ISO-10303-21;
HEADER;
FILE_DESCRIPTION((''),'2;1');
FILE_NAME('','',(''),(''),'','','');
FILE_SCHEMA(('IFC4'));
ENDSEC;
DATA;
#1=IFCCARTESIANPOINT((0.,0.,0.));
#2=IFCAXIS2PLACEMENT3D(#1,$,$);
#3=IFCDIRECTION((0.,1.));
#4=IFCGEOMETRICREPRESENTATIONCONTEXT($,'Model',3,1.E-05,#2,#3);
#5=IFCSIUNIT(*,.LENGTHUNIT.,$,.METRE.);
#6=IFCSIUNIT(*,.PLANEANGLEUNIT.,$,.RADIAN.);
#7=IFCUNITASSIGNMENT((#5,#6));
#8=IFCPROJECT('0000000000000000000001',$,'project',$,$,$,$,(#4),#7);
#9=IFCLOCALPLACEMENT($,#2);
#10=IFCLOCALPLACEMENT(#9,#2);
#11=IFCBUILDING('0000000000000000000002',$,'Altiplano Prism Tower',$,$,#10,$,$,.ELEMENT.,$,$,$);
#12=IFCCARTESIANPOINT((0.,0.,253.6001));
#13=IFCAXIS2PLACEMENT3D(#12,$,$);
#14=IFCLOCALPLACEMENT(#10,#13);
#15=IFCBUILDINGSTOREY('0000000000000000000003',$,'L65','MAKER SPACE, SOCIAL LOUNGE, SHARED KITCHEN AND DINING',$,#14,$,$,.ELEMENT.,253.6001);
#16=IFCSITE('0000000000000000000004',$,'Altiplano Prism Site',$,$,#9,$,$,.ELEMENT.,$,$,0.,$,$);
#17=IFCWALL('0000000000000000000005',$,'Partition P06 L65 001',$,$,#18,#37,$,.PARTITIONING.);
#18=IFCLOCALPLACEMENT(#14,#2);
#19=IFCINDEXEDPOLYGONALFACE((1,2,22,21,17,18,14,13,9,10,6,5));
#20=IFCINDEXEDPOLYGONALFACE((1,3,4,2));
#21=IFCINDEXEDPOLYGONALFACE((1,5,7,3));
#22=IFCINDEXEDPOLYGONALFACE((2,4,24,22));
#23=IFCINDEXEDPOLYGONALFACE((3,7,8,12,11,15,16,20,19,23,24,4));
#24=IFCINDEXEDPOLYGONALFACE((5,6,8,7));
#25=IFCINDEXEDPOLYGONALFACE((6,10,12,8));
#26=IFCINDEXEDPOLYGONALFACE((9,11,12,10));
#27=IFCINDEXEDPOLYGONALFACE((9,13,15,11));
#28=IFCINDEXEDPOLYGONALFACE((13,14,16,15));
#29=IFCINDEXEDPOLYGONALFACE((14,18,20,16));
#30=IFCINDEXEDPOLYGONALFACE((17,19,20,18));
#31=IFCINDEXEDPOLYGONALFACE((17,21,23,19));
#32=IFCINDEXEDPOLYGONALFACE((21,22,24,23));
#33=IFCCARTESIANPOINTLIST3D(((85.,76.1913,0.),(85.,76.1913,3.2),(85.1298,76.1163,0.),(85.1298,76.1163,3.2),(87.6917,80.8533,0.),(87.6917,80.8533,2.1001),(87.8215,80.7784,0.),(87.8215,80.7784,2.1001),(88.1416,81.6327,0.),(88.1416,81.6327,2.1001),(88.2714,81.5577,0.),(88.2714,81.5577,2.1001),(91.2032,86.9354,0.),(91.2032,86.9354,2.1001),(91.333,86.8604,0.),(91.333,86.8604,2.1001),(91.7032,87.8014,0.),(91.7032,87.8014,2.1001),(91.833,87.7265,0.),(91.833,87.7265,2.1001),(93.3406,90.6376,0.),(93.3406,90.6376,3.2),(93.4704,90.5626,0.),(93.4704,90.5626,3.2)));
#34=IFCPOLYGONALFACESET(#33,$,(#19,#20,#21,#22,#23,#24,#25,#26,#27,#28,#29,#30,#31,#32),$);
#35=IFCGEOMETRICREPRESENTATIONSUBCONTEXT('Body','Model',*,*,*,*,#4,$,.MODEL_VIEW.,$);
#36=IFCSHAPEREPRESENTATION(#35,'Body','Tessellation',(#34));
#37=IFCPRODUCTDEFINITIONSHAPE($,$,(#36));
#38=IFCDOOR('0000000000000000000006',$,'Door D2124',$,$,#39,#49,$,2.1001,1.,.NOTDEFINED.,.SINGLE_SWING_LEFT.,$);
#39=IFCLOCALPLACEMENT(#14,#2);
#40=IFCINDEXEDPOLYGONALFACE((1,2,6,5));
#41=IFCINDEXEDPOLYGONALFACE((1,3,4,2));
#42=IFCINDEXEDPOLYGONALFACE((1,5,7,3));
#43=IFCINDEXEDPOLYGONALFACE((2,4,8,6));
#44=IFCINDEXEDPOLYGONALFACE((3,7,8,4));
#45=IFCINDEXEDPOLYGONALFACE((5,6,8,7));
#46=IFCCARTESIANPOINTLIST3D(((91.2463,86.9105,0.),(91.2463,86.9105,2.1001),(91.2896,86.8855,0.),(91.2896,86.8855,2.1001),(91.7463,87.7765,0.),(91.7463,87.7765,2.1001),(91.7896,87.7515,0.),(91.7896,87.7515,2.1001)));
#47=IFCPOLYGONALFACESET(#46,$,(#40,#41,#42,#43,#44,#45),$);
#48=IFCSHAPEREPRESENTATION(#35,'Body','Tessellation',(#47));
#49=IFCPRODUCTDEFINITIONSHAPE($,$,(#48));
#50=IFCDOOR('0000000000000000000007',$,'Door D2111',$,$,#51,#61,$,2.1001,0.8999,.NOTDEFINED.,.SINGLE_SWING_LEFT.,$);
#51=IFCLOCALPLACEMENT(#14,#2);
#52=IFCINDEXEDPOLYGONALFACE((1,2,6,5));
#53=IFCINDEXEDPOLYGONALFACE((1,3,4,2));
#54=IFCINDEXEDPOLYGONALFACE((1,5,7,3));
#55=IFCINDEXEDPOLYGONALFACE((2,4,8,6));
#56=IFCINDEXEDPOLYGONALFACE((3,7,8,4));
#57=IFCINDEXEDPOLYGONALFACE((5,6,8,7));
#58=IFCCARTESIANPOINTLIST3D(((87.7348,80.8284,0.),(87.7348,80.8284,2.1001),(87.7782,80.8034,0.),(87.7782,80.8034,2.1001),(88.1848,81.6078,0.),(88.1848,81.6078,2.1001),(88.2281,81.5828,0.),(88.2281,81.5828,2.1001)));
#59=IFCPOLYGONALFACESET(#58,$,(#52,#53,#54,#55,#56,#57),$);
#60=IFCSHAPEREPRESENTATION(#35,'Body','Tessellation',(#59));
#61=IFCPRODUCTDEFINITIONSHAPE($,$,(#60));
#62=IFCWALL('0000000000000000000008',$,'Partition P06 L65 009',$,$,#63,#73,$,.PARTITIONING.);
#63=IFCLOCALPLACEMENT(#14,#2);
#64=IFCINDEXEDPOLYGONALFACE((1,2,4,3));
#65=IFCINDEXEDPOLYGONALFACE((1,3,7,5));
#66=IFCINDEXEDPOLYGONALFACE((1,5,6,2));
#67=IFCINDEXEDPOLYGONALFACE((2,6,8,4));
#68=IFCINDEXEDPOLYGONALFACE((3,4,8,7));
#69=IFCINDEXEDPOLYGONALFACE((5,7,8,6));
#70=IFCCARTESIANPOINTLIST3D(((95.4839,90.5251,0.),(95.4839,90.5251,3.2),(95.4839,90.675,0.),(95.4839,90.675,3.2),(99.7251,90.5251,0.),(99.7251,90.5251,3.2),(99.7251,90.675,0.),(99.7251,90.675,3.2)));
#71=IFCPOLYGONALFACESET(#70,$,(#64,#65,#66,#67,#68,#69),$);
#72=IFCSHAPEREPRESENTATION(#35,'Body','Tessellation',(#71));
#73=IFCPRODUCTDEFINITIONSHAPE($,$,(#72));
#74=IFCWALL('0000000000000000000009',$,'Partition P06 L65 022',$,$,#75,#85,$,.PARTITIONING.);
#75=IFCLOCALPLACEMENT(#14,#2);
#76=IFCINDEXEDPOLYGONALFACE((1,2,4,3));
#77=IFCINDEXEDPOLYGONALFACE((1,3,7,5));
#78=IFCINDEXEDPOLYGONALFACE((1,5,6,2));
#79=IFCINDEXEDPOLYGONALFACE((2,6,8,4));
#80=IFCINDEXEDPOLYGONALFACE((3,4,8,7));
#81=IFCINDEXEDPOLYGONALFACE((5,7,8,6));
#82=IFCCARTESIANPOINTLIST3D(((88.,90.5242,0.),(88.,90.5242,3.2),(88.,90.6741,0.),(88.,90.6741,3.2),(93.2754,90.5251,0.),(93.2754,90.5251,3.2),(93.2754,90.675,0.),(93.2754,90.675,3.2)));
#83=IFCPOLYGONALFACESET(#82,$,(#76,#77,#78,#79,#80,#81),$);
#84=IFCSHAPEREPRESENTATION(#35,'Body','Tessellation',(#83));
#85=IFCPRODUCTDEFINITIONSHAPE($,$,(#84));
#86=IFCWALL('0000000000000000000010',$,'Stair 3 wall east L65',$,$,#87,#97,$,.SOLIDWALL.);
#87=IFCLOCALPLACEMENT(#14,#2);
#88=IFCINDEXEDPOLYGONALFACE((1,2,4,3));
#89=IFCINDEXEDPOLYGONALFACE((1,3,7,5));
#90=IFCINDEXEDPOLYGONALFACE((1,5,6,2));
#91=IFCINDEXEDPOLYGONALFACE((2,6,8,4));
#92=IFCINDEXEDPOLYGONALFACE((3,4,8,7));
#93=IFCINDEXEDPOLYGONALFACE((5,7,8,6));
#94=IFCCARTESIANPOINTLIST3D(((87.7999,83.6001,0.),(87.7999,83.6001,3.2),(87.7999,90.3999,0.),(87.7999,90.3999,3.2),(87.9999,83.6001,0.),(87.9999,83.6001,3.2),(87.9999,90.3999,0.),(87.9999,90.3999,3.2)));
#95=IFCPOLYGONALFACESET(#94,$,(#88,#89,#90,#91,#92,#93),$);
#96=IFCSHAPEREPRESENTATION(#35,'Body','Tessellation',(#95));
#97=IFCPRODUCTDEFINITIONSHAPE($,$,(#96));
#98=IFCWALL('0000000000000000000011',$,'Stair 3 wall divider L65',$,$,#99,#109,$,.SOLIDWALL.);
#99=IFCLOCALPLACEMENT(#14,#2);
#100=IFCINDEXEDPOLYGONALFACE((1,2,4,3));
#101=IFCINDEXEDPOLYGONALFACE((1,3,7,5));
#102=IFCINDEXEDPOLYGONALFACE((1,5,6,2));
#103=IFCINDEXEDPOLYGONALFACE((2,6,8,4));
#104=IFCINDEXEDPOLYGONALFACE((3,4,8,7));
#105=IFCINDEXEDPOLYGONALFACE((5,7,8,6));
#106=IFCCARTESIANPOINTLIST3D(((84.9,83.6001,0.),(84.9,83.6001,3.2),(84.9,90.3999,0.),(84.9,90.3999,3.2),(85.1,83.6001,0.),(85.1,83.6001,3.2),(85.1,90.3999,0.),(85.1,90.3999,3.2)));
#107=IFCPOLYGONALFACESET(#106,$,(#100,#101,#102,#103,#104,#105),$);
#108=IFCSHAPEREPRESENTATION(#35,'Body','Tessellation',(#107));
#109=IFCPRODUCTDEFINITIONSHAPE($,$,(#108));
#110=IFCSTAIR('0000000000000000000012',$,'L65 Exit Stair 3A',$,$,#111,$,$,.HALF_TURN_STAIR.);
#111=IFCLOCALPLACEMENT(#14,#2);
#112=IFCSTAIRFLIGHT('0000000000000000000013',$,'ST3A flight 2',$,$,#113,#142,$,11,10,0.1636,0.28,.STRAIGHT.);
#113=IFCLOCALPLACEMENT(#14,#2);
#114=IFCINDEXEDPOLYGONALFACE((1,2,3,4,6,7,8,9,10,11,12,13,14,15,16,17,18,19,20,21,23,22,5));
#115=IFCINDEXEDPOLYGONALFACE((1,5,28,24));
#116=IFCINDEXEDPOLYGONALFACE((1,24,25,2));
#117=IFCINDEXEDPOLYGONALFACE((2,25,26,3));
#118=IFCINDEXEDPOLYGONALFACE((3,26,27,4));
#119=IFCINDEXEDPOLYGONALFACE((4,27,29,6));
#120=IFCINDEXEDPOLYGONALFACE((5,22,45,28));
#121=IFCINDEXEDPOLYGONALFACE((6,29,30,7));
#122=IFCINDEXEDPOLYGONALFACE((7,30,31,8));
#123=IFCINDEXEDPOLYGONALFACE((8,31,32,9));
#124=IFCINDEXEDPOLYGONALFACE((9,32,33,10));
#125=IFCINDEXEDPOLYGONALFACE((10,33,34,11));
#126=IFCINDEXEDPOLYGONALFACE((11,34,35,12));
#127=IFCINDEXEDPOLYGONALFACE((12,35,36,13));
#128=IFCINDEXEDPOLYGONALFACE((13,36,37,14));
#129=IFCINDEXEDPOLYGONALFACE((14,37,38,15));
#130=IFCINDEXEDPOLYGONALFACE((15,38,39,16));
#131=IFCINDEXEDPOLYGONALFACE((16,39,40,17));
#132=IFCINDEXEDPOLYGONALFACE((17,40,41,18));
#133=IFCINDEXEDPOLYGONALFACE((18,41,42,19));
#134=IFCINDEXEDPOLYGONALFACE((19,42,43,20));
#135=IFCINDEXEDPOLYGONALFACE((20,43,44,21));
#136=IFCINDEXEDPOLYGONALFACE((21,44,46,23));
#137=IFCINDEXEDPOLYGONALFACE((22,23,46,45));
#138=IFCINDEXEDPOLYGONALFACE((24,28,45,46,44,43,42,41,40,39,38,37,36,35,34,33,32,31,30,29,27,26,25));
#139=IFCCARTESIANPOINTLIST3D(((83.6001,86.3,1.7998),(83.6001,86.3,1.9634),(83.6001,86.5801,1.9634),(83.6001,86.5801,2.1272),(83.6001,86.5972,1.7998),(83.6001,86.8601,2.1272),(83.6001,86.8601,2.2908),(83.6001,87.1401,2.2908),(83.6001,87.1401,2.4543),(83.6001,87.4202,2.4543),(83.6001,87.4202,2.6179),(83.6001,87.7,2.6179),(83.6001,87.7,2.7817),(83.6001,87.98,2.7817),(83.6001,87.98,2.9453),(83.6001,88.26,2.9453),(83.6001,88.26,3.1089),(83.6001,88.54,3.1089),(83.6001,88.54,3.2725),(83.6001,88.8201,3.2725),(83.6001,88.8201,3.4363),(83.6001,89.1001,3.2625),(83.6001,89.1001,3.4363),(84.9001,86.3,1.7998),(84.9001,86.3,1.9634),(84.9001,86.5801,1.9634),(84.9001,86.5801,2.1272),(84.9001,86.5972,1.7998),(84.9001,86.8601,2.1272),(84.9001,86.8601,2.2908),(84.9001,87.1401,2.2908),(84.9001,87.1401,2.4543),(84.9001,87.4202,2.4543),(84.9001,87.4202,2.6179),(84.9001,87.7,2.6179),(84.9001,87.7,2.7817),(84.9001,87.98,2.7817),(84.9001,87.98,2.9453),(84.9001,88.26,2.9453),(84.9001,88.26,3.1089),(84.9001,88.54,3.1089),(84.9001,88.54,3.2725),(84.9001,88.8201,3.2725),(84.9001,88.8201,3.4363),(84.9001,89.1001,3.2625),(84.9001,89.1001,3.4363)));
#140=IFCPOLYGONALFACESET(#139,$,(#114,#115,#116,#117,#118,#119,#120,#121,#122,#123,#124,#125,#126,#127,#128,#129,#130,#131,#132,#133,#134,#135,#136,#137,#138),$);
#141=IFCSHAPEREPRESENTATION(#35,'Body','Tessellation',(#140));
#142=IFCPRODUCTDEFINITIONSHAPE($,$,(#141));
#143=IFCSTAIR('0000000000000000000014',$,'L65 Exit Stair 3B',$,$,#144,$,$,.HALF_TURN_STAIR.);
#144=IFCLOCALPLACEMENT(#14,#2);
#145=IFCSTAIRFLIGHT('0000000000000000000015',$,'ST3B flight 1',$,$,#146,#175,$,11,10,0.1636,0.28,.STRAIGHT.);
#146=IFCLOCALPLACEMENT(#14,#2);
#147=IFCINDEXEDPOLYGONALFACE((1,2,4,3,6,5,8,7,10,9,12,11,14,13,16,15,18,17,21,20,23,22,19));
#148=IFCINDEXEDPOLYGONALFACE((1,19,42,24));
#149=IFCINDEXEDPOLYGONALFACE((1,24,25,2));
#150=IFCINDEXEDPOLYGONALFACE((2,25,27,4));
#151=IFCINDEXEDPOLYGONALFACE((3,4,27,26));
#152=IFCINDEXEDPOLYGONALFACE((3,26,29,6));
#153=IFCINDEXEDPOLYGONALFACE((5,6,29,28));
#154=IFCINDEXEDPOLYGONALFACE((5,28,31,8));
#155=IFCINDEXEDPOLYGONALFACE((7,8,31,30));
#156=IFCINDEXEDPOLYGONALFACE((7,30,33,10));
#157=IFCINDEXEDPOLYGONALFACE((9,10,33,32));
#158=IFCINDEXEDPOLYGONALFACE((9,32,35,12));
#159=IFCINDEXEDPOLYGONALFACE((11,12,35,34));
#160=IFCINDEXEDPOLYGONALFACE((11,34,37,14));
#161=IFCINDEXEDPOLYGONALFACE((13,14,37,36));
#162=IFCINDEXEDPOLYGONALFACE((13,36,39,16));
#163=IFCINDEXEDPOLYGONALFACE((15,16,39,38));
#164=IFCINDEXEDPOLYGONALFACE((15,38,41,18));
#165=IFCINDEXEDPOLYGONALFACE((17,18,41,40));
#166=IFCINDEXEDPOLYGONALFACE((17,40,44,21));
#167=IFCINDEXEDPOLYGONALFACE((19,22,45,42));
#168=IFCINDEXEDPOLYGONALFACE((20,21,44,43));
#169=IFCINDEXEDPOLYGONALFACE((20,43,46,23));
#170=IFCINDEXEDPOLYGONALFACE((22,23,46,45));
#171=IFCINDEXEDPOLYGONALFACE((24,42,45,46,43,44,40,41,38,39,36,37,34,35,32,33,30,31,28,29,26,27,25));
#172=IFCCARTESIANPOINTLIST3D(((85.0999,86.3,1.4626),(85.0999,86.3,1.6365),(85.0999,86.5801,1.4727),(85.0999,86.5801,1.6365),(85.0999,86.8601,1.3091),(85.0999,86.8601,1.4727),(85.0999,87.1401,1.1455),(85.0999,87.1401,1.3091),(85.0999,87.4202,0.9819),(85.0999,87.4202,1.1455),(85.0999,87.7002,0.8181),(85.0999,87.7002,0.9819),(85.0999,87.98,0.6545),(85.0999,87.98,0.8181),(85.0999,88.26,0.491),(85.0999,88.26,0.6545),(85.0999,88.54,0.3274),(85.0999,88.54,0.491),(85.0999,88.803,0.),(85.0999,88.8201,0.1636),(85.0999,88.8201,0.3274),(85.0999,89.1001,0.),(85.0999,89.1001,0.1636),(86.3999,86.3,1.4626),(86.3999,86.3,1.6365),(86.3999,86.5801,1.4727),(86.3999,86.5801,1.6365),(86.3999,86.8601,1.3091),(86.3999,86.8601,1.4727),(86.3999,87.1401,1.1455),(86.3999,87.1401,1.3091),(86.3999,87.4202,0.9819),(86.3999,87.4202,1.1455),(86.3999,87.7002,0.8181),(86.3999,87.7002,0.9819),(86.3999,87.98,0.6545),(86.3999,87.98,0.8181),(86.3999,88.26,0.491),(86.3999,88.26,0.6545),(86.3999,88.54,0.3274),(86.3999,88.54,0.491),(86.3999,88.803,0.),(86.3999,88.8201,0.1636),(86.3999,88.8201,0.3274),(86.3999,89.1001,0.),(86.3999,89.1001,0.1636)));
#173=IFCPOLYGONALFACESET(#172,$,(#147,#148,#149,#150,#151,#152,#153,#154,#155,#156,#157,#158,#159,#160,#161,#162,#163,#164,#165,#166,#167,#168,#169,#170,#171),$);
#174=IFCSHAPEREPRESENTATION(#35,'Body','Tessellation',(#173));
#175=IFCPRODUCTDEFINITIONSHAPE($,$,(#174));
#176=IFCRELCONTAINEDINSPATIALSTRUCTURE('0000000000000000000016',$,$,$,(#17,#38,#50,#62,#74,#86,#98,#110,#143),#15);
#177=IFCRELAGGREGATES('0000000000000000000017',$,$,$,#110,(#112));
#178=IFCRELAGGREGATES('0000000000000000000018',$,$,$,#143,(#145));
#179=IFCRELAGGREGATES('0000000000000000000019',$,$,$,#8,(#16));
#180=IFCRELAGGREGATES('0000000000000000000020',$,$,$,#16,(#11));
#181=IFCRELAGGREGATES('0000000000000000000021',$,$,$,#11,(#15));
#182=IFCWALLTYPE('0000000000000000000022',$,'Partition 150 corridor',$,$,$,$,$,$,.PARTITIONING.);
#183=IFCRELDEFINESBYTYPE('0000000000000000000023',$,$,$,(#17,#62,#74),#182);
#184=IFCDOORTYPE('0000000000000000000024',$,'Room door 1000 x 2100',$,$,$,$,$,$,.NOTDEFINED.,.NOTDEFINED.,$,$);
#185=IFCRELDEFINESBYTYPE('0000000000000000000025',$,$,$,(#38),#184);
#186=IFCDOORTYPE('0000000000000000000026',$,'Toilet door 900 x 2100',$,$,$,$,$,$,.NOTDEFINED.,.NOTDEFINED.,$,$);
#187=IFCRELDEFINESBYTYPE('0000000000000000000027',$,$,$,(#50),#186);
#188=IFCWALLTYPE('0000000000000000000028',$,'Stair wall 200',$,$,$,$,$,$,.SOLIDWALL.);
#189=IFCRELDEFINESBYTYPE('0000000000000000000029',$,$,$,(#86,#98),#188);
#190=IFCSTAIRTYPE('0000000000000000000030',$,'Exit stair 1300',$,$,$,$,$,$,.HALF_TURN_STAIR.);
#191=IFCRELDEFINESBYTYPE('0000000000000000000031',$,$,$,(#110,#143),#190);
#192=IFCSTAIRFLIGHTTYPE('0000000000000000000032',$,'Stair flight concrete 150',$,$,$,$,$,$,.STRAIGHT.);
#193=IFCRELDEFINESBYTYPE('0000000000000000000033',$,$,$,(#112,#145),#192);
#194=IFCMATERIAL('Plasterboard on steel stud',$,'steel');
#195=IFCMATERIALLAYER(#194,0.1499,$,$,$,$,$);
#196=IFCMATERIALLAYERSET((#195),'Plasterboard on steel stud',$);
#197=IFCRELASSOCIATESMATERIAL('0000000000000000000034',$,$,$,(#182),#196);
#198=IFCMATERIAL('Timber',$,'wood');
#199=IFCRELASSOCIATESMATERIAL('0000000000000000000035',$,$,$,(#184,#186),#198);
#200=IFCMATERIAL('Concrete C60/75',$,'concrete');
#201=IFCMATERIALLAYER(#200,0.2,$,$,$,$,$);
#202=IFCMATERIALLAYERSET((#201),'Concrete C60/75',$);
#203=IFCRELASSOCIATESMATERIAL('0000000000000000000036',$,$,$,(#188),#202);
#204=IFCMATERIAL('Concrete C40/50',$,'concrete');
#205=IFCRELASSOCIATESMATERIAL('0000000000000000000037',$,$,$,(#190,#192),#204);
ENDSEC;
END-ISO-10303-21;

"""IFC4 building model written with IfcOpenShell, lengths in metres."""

from ifc_helpers import new_model, si_unit, direction, frame, frame_2d, origin, place, context, subcontext, project, spatial, polyline, rectangle, outline, extrude, material, layer, layer_set, type_object, element, fill, aggregate, save


model = new_model("IFC4")

# Units and contexts
model_context = context("Model", 3, precision=1e-05, world=origin(), true_north=direction((0.0, 1.0)))
body_context = subcontext(model_context, "Body", "Model", "MODEL_VIEW")
ifc_project = project(units=[si_unit("LENGTHUNIT", "METRE"), si_unit("PLANEANGLEUNIT", "RADIAN")], contexts=[model_context])

# Site, building, storey
site_placement = place(None, origin())
site = spatial("IfcSite", under=ifc_project, at=site_placement, Name="Altiplano Prism Site", CompositionType="ELEMENT", RefElevation=0.0)
building_placement = place(site_placement, origin())
building = spatial("IfcBuilding", under=site, at=building_placement, Name="Altiplano Prism Tower", CompositionType="ELEMENT")
storey_placement = place(building_placement, frame((0.0, 0.0, 253.6001)))
storey = spatial("IfcBuildingStorey", under=building, at=storey_placement, Name="L65", Description="MAKER SPACE, SOCIAL LOUNGE, SHARED KITCHEN AND DINING", CompositionType="ELEMENT", Elevation=253.6001)

# Shared definitions
ifc_material_1 = material(Name="Concrete C60/75", Category="concrete")

# Shared definitions
ifc_material_2 = material(Name="Plasterboard on steel stud", Category="steel")

# Wall, openings, doors
ifc_layer_1 = layer(ifc_material_2, 0.1499)
ifc_layer_set_1 = layer_set([ifc_layer_1], Name="Plasterboard on steel stud")
wall_type_1 = type_object("IfcWallType", Name="Partition 150 corridor", PredefinedType="PARTITIONING", material=ifc_layer_set_1)
wall_1_placement = place(storey_placement, frame((93.4055, 90.6001, 0.0), z_axis=(0.0, 0.0, 1.0), x_axis=(-0.5, -0.866025, 0.0)))
wall_1 = element("IfcWall", 1, at=wall_1_placement, inside=storey, type_object=wall_type_1, Name="Partition P06 L65 001", PredefinedType="PARTITIONING", context=body_context, shape_type="SweptSolid", body=[
    extrude(rectangle(XDim=16.6812, YDim=0.1499, at=frame_2d((8.3406, 0.0))), origin(), (0.0, 0.0, 1.0), 3.2),
])
opening_1_placement = place(wall_1_placement, frame((10.3979, 0.0, 0.0)))
opening_1 = element("IfcOpeningElement", 2, at=opening_1_placement, cuts=wall_1, PredefinedType="OPENING", context=body_context, shape_type="SweptSolid", body=[
    extrude(rectangle(XDim=0.8999, YDim=2.1001, at=frame_2d((0.45, 1.05))), frame((0.0, 0.0854, 0.0), z_axis=(0.0, -1.0, 0.0), x_axis=(1.0, 0.0, 0.0)), (0.0, 0.0, 1.0), 0.1709),
])
opening_2_placement = place(wall_1_placement, frame((3.2749, 0.0, 0.0)))
opening_2 = element("IfcOpeningElement", 3, at=opening_2_placement, cuts=wall_1, PredefinedType="OPENING", context=body_context, shape_type="SweptSolid", body=[
    extrude(rectangle(XDim=1.0, YDim=2.1001, at=frame_2d((0.5, 1.05))), frame((0.0, 0.0854, 0.0), z_axis=(0.0, -1.0, 0.0), x_axis=(1.0, 0.0, 0.0)), (0.0, 0.0, 1.0), 0.1709),
])
ifc_material_3 = material(Name="Timber", Category="wood")
door_type_1 = type_object("IfcDoorType", Name="Room door 1000 x 2100", OperationType="NOTDEFINED", PredefinedType="NOTDEFINED", material=ifc_material_3)
door_1_placement = place(opening_2_placement, origin())
door_1 = element("IfcDoor", 4, at=door_1_placement, inside=storey, type_object=door_type_1, Name="Door D2124", OperationType="SINGLE_SWING_LEFT", OverallHeight=2.1001, OverallWidth=1.0, PredefinedType="NOTDEFINED", context=body_context, shape_type="SweptSolid", body=[
    extrude(rectangle(XDim=1.0, YDim=2.1001, at=frame_2d((0.5, 1.05))), frame((0.0, 0.0249, 0.0), z_axis=(0.0, -1.0, 0.0), x_axis=(1.0, 0.0, 0.0)), (0.0, 0.0, 1.0), 0.05),
])
fill(opening_2, door_1)
door_type_2 = type_object("IfcDoorType", Name="Toilet door 900 x 2100", OperationType="NOTDEFINED", PredefinedType="NOTDEFINED", material=ifc_material_3)
door_2_placement = place(opening_1_placement, origin())
door_2 = element("IfcDoor", 5, at=door_2_placement, inside=storey, type_object=door_type_2, Name="Door D2111", OperationType="SINGLE_SWING_LEFT", OverallHeight=2.1001, OverallWidth=0.8999, PredefinedType="NOTDEFINED", context=body_context, shape_type="SweptSolid", body=[
    extrude(rectangle(XDim=0.8999, YDim=2.1001, at=frame_2d((0.45, 1.05))), frame((0.0, 0.0249, 0.0), z_axis=(0.0, -1.0, 0.0), x_axis=(1.0, 0.0, 0.0)), (0.0, 0.0, 1.0), 0.05),
])
fill(opening_1, door_2)

# Walls
wall_2_placement = place(storey_placement, frame((95.4839, 90.6001, 0.0), z_axis=(0.0, 0.0, 1.0), x_axis=(1.0, 0.0, 0.0)))
element("IfcWall", 6, at=wall_2_placement, inside=storey, type_object=wall_type_1, Name="Partition P06 L65 009", PredefinedType="PARTITIONING", context=body_context, shape_type="SweptSolid", body=[
    extrude(rectangle(XDim=4.2412, YDim=0.1499, at=frame_2d((2.1206, 0.0))), origin(), (0.0, 0.0, 1.0), 3.2),
])
wall_3_placement = place(storey_placement, frame((88.0, 90.5991, 0.0), z_axis=(0.0, 0.0, 1.0), x_axis=(1.0, 0.000185, 0.0)))
element("IfcWall", 7, at=wall_3_placement, inside=storey, type_object=wall_type_1, Name="Partition P06 L65 022", PredefinedType="PARTITIONING", context=body_context, shape_type="SweptSolid", body=[
    extrude(rectangle(XDim=5.2754, YDim=0.1499, at=frame_2d((2.6377, 0.0))), origin(), (0.0, 0.0, 1.0), 3.2),
])
ifc_layer_2 = layer(ifc_material_1, 0.2)
ifc_layer_set_2 = layer_set([ifc_layer_2], Name="Concrete C60/75")
wall_type_2 = type_object("IfcWallType", Name="Stair wall 200", PredefinedType="SOLIDWALL", material=ifc_layer_set_2)
for number, where, z_axis, x_axis, name in (
    (8, (87.8999, 83.6001, 0.0), (0.0, 0.0, 1.0), (0.0, 1.0, 0.0), "Stair 3 wall east L65"),
    (9, (85.0, 83.6001, 0.0), (0.0, 0.0, 1.0), (0.0, 1.0, 0.0), "Stair 3 wall divider L65"),
):
    element("IfcWall", number, at=place(storey_placement, frame(where, z_axis=z_axis, x_axis=x_axis)), inside=storey, type_object=wall_type_2, Name=name, PredefinedType="SOLIDWALL", context=body_context, shape_type="SweptSolid", body=[
        extrude(rectangle(XDim=6.7998, YDim=0.2, at=frame_2d((3.3999, 0.0))), origin(), (0.0, 0.0, 1.0), 3.2),
    ])

# Stair, stair flight
ifc_material_4 = material(Name="Concrete C40/50", Category="concrete")
stair_type = type_object("IfcStairType", Name="Exit stair 1300", PredefinedType="HALF_TURN_STAIR", material=ifc_material_4)
stair_1_placement = place(storey_placement, origin())
stair_1 = element("IfcStair", 10, at=stair_1_placement, inside=storey, type_object=stair_type, Name="L65 Exit Stair 3A", PredefinedType="HALF_TURN_STAIR")
stair_flight_type = type_object("IfcStairFlightType", Name="Stair flight concrete 150", PredefinedType="STRAIGHT", material=ifc_material_4)
stair_flight_1_placement = place(storey_placement, frame((84.25, 86.3, 1.7998), z_axis=(0.0, 0.0, 1.0), x_axis=(0.0, 1.0, 0.0)))
stair_flight_1 = element("IfcStairFlight", 11, at=stair_flight_1_placement, type_object=stair_flight_type, Name="ST3A flight 2", NumberOfRisers=11, NumberOfTreads=10, PredefinedType="STRAIGHT", RiserHeight=0.1636, TreadLength=0.28, context=body_context, shape_type="SweptSolid", body=[
    extrude(outline(polyline([(0.0, 0.0), (0.0, 0.1636), (0.28, 0.1636), (0.28, 0.3274), (0.5601, 0.3274), (0.5601, 0.491), (0.8401, 0.491), (0.8401, 0.6545), (1.1201, 0.6545), (1.1201, 0.8181), (1.3999, 0.8181), (1.3999, 0.9819), (1.6799, 0.9819), (1.6799, 1.1455), (1.96, 1.1455), (1.96, 1.3091), (2.24, 1.3091), (2.24, 1.4727), (2.52, 1.4727), (2.52, 1.6365), (2.8, 1.6365), (2.8, 1.8), (2.8, 1.4626), (0.2971, 0.0), (0.0, 0.0)])), frame((0.0, 0.6499, 0.0), z_axis=(0.0, -1.0, 0.0), x_axis=(1.0, 0.0, 0.0)), (0.0, 0.0, 1.0), 1.3),
])
aggregate(stair_1, [stair_flight_1])

# Stair, stair flight
stair_2_placement = place(storey_placement, origin())
stair_2 = element("IfcStair", 12, at=stair_2_placement, inside=storey, type_object=stair_type, Name="L65 Exit Stair 3B", PredefinedType="HALF_TURN_STAIR")
stair_flight_2_placement = place(storey_placement, frame((85.75, 89.1001, 0.0), z_axis=(0.0, 0.0, 1.0), x_axis=(0.0, -1.0, 0.0)))
stair_flight_2 = element("IfcStairFlight", 13, at=stair_flight_2_placement, type_object=stair_flight_type, Name="ST3B flight 1", NumberOfRisers=11, NumberOfTreads=10, PredefinedType="STRAIGHT", RiserHeight=0.1636, TreadLength=0.28, context=body_context, shape_type="SweptSolid", body=[
    extrude(outline(polyline([(0.0, 0.0), (0.0, 0.1636), (0.28, 0.1636), (0.28, 0.3274), (0.5601, 0.3274), (0.5601, 0.491), (0.8401, 0.491), (0.8401, 0.6545), (1.1201, 0.6545), (1.1201, 0.8181), (1.3999, 0.8181), (1.3999, 0.9819), (1.6799, 0.9819), (1.6799, 1.1455), (1.96, 1.1455), (1.96, 1.3091), (2.24, 1.3091), (2.24, 1.4727), (2.52, 1.4727), (2.52, 1.6365), (2.8, 1.6365), (2.8, 1.8), (2.8, 1.4626), (0.2971, 0.0), (0.0, 0.0)])), frame((0.0, 0.6499, 0.0), z_axis=(0.0, -1.0, 0.0), x_axis=(1.0, 0.0, 0.0)), (0.0, 0.0, 1.0), 1.3),
])
aggregate(stair_2, [stair_flight_2])

save(model, "model.ifc")
